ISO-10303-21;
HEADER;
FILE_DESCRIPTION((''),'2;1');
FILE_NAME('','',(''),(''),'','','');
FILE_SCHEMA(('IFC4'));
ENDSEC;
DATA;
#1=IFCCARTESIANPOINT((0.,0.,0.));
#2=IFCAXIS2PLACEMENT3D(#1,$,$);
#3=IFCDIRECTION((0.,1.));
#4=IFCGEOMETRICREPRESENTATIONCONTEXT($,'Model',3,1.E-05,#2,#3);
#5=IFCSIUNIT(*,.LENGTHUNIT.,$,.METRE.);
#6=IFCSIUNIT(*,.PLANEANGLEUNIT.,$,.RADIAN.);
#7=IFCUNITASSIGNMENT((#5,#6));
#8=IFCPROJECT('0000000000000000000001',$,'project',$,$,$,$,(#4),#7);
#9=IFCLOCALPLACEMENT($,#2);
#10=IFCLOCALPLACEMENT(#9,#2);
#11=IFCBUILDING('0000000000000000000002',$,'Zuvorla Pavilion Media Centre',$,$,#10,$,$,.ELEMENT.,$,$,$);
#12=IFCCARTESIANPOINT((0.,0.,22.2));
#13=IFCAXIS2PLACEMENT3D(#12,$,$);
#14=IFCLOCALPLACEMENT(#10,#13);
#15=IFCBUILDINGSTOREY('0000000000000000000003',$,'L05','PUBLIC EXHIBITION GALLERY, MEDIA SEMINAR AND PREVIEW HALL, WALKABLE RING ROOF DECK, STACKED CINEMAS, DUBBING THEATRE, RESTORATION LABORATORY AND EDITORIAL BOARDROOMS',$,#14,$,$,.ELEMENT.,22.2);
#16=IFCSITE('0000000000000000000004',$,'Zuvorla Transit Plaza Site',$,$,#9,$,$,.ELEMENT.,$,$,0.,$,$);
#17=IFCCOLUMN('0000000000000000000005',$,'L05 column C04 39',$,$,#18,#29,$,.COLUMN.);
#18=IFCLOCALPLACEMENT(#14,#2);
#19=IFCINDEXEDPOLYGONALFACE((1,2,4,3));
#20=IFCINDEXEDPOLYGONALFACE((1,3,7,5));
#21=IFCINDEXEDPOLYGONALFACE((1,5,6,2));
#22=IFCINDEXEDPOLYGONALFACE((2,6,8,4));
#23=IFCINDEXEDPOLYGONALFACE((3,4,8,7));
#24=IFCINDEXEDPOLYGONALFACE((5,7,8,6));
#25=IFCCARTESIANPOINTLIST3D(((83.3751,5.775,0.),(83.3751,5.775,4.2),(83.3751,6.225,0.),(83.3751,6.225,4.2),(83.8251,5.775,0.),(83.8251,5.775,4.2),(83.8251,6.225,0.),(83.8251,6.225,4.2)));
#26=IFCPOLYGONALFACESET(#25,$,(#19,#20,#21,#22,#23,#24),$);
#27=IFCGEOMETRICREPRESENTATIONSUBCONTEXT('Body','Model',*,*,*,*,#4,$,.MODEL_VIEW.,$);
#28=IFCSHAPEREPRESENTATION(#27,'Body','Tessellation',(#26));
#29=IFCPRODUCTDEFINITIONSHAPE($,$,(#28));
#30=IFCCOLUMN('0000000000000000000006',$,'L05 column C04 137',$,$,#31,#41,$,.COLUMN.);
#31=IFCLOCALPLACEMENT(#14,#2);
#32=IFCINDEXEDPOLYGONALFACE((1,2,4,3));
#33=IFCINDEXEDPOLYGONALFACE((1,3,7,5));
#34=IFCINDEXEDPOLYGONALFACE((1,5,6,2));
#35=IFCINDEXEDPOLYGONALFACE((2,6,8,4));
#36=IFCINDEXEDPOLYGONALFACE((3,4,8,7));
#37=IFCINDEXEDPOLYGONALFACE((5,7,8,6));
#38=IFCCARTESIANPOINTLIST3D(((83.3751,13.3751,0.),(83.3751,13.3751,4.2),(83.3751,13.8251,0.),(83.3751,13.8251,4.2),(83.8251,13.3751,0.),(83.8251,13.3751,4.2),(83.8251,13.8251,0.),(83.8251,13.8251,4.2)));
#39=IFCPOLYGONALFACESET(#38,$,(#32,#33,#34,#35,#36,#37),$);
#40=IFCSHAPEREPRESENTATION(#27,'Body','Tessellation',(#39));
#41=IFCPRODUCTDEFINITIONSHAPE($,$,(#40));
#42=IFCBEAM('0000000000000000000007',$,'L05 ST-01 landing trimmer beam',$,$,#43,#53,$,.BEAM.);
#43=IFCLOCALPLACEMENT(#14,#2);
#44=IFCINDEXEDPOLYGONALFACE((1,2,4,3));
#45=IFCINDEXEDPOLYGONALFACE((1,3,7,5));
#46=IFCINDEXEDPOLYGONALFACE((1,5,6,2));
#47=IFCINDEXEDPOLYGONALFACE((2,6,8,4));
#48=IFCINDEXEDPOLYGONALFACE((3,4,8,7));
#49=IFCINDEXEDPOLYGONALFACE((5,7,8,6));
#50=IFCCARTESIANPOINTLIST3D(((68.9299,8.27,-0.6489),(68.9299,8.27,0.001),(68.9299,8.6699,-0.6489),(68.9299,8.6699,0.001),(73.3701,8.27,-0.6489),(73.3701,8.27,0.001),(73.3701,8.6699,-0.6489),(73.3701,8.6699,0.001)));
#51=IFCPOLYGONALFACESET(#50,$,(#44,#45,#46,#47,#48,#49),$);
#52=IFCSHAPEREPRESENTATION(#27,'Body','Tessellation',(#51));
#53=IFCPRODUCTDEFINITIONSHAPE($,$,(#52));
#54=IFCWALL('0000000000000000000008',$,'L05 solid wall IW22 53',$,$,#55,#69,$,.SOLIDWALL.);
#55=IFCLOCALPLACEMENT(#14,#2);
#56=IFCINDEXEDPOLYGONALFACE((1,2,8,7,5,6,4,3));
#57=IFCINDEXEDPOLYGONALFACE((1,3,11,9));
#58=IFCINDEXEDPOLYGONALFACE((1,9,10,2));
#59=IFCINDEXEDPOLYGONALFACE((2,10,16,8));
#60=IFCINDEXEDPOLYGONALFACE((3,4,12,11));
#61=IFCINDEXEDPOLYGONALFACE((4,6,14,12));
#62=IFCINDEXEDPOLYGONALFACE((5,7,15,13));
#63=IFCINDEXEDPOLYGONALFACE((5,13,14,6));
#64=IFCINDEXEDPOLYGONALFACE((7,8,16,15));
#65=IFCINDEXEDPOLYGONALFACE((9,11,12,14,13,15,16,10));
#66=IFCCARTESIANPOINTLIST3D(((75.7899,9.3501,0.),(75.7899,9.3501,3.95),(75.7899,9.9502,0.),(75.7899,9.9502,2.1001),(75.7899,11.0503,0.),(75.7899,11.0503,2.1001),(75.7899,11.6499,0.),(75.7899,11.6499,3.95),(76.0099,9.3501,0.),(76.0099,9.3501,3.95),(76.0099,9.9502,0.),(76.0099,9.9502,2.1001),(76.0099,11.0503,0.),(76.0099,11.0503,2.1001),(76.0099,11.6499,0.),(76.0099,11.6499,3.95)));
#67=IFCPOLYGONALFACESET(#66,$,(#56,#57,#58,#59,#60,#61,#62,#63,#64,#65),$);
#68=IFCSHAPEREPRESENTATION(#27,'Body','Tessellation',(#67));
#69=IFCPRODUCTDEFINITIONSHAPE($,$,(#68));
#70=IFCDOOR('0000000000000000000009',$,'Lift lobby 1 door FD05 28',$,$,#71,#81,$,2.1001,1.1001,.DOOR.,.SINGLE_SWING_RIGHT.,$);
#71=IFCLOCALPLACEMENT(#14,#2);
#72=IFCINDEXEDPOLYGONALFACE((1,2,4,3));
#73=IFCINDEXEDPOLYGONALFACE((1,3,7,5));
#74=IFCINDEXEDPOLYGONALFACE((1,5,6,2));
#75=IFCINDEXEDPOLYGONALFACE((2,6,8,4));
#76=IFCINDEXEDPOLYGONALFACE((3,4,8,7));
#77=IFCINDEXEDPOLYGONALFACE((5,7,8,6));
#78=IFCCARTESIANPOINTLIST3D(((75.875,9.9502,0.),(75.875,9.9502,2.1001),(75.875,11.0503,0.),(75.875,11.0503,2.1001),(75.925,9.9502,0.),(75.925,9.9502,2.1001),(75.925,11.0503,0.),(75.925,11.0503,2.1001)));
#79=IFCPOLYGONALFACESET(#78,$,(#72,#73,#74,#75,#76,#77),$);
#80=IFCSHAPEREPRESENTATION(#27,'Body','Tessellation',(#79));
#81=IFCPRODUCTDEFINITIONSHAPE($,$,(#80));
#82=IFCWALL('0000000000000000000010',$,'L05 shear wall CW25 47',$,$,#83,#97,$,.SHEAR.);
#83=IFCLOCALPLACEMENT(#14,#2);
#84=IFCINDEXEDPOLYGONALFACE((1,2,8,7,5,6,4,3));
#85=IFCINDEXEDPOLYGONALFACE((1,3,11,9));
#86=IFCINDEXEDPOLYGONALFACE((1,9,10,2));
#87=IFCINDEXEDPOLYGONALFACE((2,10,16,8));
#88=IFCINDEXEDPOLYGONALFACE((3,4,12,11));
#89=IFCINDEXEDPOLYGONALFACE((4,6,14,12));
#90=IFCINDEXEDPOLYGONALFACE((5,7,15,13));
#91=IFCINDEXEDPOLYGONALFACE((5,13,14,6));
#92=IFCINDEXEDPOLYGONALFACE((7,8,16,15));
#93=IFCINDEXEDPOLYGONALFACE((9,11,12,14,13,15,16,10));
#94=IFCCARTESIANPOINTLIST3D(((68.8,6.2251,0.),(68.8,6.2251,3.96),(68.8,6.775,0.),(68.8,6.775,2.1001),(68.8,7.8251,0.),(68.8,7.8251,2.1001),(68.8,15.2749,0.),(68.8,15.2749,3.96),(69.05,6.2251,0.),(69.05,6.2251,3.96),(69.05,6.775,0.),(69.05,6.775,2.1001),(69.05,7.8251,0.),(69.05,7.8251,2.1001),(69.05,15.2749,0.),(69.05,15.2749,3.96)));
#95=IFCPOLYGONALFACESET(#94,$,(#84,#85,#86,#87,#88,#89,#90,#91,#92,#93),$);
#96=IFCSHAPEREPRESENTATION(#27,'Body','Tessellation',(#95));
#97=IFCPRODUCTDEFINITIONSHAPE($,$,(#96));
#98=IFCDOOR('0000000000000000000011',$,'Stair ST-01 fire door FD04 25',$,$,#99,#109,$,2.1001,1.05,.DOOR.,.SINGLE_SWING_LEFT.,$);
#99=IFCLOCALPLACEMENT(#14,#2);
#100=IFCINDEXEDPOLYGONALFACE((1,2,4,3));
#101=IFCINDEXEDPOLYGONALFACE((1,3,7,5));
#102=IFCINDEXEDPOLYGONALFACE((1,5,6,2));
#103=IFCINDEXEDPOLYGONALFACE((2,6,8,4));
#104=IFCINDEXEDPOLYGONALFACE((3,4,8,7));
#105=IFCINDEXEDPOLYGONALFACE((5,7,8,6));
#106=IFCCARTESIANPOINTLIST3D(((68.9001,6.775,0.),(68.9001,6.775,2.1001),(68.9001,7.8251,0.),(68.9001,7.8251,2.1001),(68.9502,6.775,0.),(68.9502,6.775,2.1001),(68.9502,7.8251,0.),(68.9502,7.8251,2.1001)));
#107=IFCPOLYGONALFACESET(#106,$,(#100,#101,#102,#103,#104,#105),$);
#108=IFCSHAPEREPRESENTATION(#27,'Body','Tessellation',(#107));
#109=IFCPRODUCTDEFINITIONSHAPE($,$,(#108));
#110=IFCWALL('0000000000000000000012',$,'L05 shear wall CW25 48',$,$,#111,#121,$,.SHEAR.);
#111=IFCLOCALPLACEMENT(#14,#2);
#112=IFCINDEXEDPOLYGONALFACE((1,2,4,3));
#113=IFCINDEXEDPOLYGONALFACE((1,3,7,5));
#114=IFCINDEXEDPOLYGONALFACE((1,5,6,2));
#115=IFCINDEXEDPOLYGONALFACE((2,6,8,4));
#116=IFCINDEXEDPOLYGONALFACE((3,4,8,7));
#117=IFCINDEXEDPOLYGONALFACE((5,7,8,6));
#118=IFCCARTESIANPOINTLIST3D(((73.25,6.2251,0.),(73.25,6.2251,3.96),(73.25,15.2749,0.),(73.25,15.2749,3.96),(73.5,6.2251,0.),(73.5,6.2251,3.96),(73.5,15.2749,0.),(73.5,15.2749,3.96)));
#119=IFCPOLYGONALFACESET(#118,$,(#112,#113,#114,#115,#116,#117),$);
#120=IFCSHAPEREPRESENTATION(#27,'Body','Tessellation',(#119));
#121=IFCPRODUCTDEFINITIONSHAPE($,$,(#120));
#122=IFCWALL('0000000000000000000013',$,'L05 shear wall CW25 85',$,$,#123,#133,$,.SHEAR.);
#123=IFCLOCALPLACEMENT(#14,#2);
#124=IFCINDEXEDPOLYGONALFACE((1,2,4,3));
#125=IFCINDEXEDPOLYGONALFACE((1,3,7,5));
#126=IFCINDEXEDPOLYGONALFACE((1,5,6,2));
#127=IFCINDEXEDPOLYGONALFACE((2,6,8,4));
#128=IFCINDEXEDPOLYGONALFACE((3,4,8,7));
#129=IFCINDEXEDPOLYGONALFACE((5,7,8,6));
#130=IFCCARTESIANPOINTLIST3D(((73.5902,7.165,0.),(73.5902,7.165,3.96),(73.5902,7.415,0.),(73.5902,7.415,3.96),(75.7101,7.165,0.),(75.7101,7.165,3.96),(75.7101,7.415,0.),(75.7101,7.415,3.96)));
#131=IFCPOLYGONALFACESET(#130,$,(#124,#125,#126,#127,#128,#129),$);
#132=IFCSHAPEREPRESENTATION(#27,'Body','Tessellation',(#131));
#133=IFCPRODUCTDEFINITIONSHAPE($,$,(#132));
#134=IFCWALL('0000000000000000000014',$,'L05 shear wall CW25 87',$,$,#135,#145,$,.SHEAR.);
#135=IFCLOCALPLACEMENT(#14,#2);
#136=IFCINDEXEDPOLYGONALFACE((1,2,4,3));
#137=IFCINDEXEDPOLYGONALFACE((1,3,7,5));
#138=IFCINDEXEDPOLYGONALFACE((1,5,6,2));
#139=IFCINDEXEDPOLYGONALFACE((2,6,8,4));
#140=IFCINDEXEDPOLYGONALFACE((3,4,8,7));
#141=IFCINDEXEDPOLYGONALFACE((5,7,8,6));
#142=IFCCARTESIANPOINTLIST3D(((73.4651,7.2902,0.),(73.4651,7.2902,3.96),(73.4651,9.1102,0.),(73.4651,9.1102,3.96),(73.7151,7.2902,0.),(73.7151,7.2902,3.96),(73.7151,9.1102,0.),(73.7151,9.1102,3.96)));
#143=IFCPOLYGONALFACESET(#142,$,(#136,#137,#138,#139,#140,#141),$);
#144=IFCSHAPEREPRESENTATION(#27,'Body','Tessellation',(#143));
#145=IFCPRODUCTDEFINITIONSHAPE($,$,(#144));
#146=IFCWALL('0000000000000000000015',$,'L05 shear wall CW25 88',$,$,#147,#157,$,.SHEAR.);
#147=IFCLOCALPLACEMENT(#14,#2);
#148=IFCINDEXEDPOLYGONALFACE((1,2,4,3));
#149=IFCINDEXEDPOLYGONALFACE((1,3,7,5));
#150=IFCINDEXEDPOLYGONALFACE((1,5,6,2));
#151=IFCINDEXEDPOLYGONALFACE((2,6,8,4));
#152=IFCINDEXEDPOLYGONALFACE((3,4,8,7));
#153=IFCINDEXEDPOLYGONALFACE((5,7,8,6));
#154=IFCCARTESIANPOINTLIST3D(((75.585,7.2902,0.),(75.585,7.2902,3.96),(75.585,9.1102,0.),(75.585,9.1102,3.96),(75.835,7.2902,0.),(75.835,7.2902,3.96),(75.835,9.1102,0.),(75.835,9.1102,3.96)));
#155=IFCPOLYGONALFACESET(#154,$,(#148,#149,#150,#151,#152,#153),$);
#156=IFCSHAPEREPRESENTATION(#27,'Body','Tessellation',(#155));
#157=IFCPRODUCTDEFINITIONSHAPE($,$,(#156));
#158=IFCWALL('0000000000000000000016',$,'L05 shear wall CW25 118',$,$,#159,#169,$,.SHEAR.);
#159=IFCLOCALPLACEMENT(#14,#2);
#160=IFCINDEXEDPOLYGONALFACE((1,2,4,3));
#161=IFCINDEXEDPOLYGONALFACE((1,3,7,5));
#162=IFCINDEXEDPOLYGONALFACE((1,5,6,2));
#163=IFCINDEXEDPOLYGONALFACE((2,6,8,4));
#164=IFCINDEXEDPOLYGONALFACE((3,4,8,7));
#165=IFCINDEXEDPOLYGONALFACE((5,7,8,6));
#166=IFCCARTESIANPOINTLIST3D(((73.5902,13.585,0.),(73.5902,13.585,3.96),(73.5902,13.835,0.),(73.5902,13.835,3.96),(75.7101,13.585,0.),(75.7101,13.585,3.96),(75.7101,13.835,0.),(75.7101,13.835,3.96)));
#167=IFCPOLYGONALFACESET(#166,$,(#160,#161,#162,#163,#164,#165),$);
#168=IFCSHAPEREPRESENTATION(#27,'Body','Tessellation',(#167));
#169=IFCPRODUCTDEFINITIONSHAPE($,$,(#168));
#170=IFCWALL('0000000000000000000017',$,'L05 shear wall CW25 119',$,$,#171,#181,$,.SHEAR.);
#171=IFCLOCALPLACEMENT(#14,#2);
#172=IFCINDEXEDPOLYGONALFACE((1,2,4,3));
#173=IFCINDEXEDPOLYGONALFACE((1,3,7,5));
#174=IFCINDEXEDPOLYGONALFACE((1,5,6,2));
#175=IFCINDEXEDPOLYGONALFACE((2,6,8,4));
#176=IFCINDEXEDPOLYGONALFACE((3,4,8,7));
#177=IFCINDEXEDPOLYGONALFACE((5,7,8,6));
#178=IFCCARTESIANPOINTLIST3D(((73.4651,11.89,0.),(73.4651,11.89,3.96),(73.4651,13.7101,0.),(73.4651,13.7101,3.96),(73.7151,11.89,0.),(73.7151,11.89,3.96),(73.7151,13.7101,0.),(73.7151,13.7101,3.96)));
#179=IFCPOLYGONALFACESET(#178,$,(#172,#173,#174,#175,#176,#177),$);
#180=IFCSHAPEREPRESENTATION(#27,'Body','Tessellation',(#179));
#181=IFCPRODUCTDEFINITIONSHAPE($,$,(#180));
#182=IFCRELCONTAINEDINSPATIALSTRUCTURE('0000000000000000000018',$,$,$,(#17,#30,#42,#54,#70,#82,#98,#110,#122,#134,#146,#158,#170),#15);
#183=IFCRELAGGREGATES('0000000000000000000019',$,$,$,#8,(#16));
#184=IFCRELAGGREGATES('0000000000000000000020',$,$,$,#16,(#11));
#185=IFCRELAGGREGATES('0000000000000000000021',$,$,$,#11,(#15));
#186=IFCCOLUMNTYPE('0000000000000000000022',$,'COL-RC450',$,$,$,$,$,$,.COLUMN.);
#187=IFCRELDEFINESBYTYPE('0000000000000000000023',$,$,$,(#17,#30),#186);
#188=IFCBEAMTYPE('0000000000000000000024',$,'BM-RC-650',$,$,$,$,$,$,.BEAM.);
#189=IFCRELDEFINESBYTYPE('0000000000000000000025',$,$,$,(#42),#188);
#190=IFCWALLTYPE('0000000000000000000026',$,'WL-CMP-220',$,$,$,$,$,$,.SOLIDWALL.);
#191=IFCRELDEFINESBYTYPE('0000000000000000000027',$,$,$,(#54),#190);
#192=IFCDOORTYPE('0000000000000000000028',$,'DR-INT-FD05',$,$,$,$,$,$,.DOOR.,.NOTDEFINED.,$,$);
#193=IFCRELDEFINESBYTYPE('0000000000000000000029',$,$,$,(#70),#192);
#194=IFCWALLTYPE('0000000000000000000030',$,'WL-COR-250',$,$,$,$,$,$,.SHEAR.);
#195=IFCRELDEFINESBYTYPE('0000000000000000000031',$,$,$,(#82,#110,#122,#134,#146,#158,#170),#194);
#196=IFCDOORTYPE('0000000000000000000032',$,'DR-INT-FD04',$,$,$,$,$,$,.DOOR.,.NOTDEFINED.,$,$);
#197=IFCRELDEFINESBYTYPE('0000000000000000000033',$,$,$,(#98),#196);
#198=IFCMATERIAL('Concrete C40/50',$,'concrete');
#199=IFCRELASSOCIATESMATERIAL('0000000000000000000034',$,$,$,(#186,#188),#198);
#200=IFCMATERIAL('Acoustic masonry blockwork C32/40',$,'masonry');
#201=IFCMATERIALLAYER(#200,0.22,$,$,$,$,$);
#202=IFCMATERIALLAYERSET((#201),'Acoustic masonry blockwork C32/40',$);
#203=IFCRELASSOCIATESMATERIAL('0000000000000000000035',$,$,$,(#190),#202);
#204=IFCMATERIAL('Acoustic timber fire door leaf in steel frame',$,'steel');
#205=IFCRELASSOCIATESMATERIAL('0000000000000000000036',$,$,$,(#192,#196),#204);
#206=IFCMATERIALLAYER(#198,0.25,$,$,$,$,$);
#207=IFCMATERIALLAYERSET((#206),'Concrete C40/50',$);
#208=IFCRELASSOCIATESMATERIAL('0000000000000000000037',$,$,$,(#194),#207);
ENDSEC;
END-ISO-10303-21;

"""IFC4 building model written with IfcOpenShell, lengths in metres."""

from ifc_helpers import new_model, si_unit, direction, frame, frame_2d, origin, origin_2d, place, context, subcontext, project, spatial, rectangle, extrude, material, layer, layer_set, material_profile, profile_set, type_object, element, fill, save


model = new_model("IFC4")

# Units and contexts
model_context = context("Model", 3, precision=1e-05, world=origin(), true_north=direction((0.0, 1.0)))
body_context = subcontext(model_context, "Body", "Model", "MODEL_VIEW")
ifc_project = project(units=[si_unit("LENGTHUNIT", "METRE"), si_unit("PLANEANGLEUNIT", "RADIAN")], contexts=[model_context])

# Site, building, storey
site_placement = place(None, origin())
site = spatial("IfcSite", under=ifc_project, at=site_placement, Name="Zuvorla Transit Plaza Site", CompositionType="ELEMENT", RefElevation=0.0)
building_placement = place(site_placement, origin())
building = spatial("IfcBuilding", under=site, at=building_placement, Name="Zuvorla Pavilion Media Centre", CompositionType="ELEMENT")
storey_placement = place(building_placement, frame((0.0, 0.0, 22.2)))
storey = spatial("IfcBuildingStorey", under=building, at=storey_placement, Name="L05", Description="PUBLIC EXHIBITION GALLERY, MEDIA SEMINAR AND PREVIEW HALL, WALKABLE RING ROOF DECK, STACKED CINEMAS, DUBBING THEATRE, RESTORATION LABORATORY AND EDITORIAL BOARDROOMS", CompositionType="ELEMENT", Elevation=22.2)

# Columns
ifc_material_1 = material(Name="Concrete C40/50", Category="concrete")
ifc_material_profile_1 = material_profile(ifc_material_1, rectangle(XDim=0.45, YDim=0.45, at=origin_2d()), Name="RC 450x450")
ifc_profile_set_1 = profile_set([ifc_material_profile_1], Name="Concrete C40/50")
column_type = type_object("IfcColumnType", Name="COL-RC450", PredefinedType="COLUMN", material=ifc_profile_set_1)
for number, where, z_axis, x_axis, name in (
    (1, (83.6001, 6.0, 0.0), (0.0, 0.0, 1.0), (1.0, 0.0, 0.0), "L05 column C04 39"),
    (2, (83.6001, 13.6001, 0.0), (0.0, 0.0, 1.0), (1.0, 0.0, 0.0), "L05 column C04 137"),
):
    element("IfcColumn", number, at=place(storey_placement, frame(where, z_axis=z_axis, x_axis=x_axis)), inside=storey, type_object=column_type, Name=name, PredefinedType="COLUMN", context=body_context, shape_type="SweptSolid", body=[
        extrude(rectangle(XDim=0.45, YDim=0.45, at=origin_2d()), origin(), (0.0, 0.0, 1.0), 4.2),
    ])

# Beam
ifc_material_profile_2 = material_profile(ifc_material_1, rectangle(XDim=0.3999, YDim=0.6499, at=origin_2d()), Name="RC 400x650")
ifc_profile_set_2 = profile_set([ifc_material_profile_2], Name="Concrete C40/50")
beam_type = type_object("IfcBeamType", Name="BM-RC-650", PredefinedType="BEAM", material=ifc_profile_set_2)
beam_placement = place(storey_placement, frame((68.9299, 8.47, -0.324), z_axis=(1.0, 0.0, 0.0), x_axis=(0.0, 1.0, 0.0)))
element("IfcBeam", 3, at=beam_placement, inside=storey, type_object=beam_type, Name="L05 ST-01 landing trimmer beam", PredefinedType="BEAM", context=body_context, shape_type="SweptSolid", body=[
    extrude(rectangle(XDim=0.3999, YDim=0.6499, at=origin_2d()), origin(), (0.0, 0.0, 1.0), 4.4402),
])

# Walls, openings, doors
ifc_material_2 = material(Name="Acoustic masonry blockwork C32/40", Category="masonry")
ifc_layer_1 = layer(ifc_material_2, 0.22)
ifc_layer_set_1 = layer_set([ifc_layer_1], Name="Acoustic masonry blockwork C32/40")
wall_type_1 = type_object("IfcWallType", Name="WL-CMP-220", PredefinedType="SOLIDWALL", material=ifc_layer_set_1)
wall_1_placement = place(storey_placement, frame((75.8999, 9.3501, 0.0), z_axis=(0.0, 0.0, 1.0), x_axis=(0.0, 1.0, 0.0)))
wall_1 = element("IfcWall", 4, at=wall_1_placement, inside=storey, type_object=wall_type_1, Name="L05 solid wall IW22 53", PredefinedType="SOLIDWALL", context=body_context, shape_type="SweptSolid", body=[
    extrude(rectangle(XDim=2.2998, YDim=0.22, at=frame_2d((1.1499, 0.0))), origin(), (0.0, 0.0, 1.0), 3.95),
])
opening_1_placement = place(wall_1_placement, frame((0.6001, 0.0, 0.0)))
opening_1 = element("IfcOpeningElement", 5, at=opening_1_placement, cuts=wall_1, PredefinedType="OPENING", context=body_context, shape_type="SweptSolid", body=[
    extrude(rectangle(XDim=1.1001, YDim=2.1001, at=frame_2d((0.55, 1.05))), frame((0.0, 0.1199, 0.0), z_axis=(0.0, -1.0, 0.0), x_axis=(1.0, 0.0, 0.0)), (0.0, 0.0, 1.0), 0.24),
])
ifc_material_3 = material(Name="Acoustic timber fire door leaf in steel frame", Category="steel")
door_type_1 = type_object("IfcDoorType", Name="DR-INT-FD05", OperationType="NOTDEFINED", PredefinedType="DOOR", material=ifc_material_3)
door_1_placement = place(opening_1_placement, origin())
door_1 = element("IfcDoor", 6, at=door_1_placement, inside=storey, type_object=door_type_1, Name="Lift lobby 1 door FD05 28", OperationType="SINGLE_SWING_RIGHT", OverallHeight=2.1001, OverallWidth=1.1001, PredefinedType="DOOR", context=body_context, shape_type="SweptSolid", body=[
    extrude(rectangle(XDim=1.1001, YDim=2.1001, at=frame_2d((0.55, 1.05))), frame((0.0, 0.0249, 0.0), z_axis=(0.0, -1.0, 0.0), x_axis=(1.0, 0.0, 0.0)), (0.0, 0.0, 1.0), 0.05),
])
fill(opening_1, door_1)
ifc_layer_2 = layer(ifc_material_1, 0.25)
ifc_layer_set_2 = layer_set([ifc_layer_2], Name="Concrete C40/50")
wall_type_2 = type_object("IfcWallType", Name="WL-COR-250", PredefinedType="SHEAR", material=ifc_layer_set_2)
wall_2_placement = place(storey_placement, frame((68.925, 6.2251, 0.0), z_axis=(0.0, 0.0, 1.0), x_axis=(0.0, 1.0, 0.0)))
wall_2 = element("IfcWall", 7, at=wall_2_placement, inside=storey, type_object=wall_type_2, Name="L05 shear wall CW25 47", PredefinedType="SHEAR", context=body_context, shape_type="SweptSolid", body=[
    extrude(rectangle(XDim=9.0498, YDim=0.25, at=frame_2d((4.5249, 0.0))), origin(), (0.0, 0.0, 1.0), 3.96),
])
opening_2_placement = place(wall_2_placement, frame((0.55, 0.0, 0.0)))
opening_2 = element("IfcOpeningElement", 8, at=opening_2_placement, cuts=wall_2, PredefinedType="OPENING", context=body_context, shape_type="SweptSolid", body=[
    extrude(rectangle(XDim=1.05, YDim=2.1001, at=frame_2d((0.5249, 1.05))), frame((0.0, 0.135, 0.0), z_axis=(0.0, -1.0, 0.0), x_axis=(1.0, 0.0, 0.0)), (0.0, 0.0, 1.0), 0.27),
])
door_type_2 = type_object("IfcDoorType", Name="DR-INT-FD04", OperationType="NOTDEFINED", PredefinedType="DOOR", material=ifc_material_3)
door_2_placement = place(opening_2_placement, origin())
door_2 = element("IfcDoor", 9, at=door_2_placement, inside=storey, type_object=door_type_2, Name="Stair ST-01 fire door FD04 25", OperationType="SINGLE_SWING_LEFT", OverallHeight=2.1001, OverallWidth=1.05, PredefinedType="DOOR", context=body_context, shape_type="SweptSolid", body=[
    extrude(rectangle(XDim=1.05, YDim=2.1001, at=frame_2d((0.5249, 1.05))), frame((0.0, 0.0249, 0.0), z_axis=(0.0, -1.0, 0.0), x_axis=(1.0, 0.0, 0.0)), (0.0, 0.0, 1.0), 0.05),
])
fill(opening_2, door_2)

# Walls
wall_3_placement = place(storey_placement, frame((73.375, 6.2251, 0.0), z_axis=(0.0, 0.0, 1.0), x_axis=(0.0, 1.0, 0.0)))
element("IfcWall", 10, at=wall_3_placement, inside=storey, type_object=wall_type_2, Name="L05 shear wall CW25 48", PredefinedType="SHEAR", context=body_context, shape_type="SweptSolid", body=[
    extrude(rectangle(XDim=9.0498, YDim=0.25, at=frame_2d((4.5249, 0.0))), origin(), (0.0, 0.0, 1.0), 3.96),
])
wall_4_placement = place(storey_placement, frame((73.5901, 7.29, 0.0), z_axis=(0.0, 0.0, 1.0), x_axis=(1.0, 0.0, 0.0)))
element("IfcWall", 11, at=wall_4_placement, inside=storey, type_object=wall_type_2, Name="L05 shear wall CW25 85", PredefinedType="SHEAR", context=body_context, shape_type="SweptSolid", body=[
    extrude(rectangle(XDim=2.1199, YDim=0.25, at=frame_2d((1.0601, 0.0))), origin(), (0.0, 0.0, 1.0), 3.96),
])

# Walls
for number, where, z_axis, x_axis, name in (
    (12, (73.5901, 7.29, 0.0), (0.0, 0.0, 1.0), (0.0, 1.0, 0.0), "L05 shear wall CW25 87"),
    (13, (75.71, 7.29, 0.0), (0.0, 0.0, 1.0), (0.0, 1.0, 0.0), "L05 shear wall CW25 88"),
):
    element("IfcWall", number, at=place(storey_placement, frame(where, z_axis=z_axis, x_axis=x_axis)), inside=storey, type_object=wall_type_2, Name=name, PredefinedType="SHEAR", context=body_context, shape_type="SweptSolid", body=[
        extrude(rectangle(XDim=1.8201, YDim=0.25, at=frame_2d((0.9102, 0.0))), origin(), (0.0, 0.0, 1.0), 3.96),
    ])

# Walls
wall_5_placement = place(storey_placement, frame((73.5901, 13.71, 0.0), z_axis=(0.0, 0.0, 1.0), x_axis=(1.0, 0.0, 0.0)))
element("IfcWall", 14, at=wall_5_placement, inside=storey, type_object=wall_type_2, Name="L05 shear wall CW25 118", PredefinedType="SHEAR", context=body_context, shape_type="SweptSolid", body=[
    extrude(rectangle(XDim=2.1199, YDim=0.25, at=frame_2d((1.0601, 0.0))), origin(), (0.0, 0.0, 1.0), 3.96),
])
for number, where, z_axis, x_axis, name in (
    (15, (73.5901, 11.8899, 0.0), (0.0, 0.0, 1.0), (0.0, 1.0, 0.0), "L05 shear wall CW25 119"),
):
    element("IfcWall", number, at=place(storey_placement, frame(where, z_axis=z_axis, x_axis=x_axis)), inside=storey, type_object=wall_type_2, Name=name, PredefinedType="SHEAR", context=body_context, shape_type="SweptSolid", body=[
        extrude(rectangle(XDim=1.8201, YDim=0.25, at=frame_2d((0.9102, 0.0))), origin(), (0.0, 0.0, 1.0), 3.96),
    ])

save(model, "model.ifc")
